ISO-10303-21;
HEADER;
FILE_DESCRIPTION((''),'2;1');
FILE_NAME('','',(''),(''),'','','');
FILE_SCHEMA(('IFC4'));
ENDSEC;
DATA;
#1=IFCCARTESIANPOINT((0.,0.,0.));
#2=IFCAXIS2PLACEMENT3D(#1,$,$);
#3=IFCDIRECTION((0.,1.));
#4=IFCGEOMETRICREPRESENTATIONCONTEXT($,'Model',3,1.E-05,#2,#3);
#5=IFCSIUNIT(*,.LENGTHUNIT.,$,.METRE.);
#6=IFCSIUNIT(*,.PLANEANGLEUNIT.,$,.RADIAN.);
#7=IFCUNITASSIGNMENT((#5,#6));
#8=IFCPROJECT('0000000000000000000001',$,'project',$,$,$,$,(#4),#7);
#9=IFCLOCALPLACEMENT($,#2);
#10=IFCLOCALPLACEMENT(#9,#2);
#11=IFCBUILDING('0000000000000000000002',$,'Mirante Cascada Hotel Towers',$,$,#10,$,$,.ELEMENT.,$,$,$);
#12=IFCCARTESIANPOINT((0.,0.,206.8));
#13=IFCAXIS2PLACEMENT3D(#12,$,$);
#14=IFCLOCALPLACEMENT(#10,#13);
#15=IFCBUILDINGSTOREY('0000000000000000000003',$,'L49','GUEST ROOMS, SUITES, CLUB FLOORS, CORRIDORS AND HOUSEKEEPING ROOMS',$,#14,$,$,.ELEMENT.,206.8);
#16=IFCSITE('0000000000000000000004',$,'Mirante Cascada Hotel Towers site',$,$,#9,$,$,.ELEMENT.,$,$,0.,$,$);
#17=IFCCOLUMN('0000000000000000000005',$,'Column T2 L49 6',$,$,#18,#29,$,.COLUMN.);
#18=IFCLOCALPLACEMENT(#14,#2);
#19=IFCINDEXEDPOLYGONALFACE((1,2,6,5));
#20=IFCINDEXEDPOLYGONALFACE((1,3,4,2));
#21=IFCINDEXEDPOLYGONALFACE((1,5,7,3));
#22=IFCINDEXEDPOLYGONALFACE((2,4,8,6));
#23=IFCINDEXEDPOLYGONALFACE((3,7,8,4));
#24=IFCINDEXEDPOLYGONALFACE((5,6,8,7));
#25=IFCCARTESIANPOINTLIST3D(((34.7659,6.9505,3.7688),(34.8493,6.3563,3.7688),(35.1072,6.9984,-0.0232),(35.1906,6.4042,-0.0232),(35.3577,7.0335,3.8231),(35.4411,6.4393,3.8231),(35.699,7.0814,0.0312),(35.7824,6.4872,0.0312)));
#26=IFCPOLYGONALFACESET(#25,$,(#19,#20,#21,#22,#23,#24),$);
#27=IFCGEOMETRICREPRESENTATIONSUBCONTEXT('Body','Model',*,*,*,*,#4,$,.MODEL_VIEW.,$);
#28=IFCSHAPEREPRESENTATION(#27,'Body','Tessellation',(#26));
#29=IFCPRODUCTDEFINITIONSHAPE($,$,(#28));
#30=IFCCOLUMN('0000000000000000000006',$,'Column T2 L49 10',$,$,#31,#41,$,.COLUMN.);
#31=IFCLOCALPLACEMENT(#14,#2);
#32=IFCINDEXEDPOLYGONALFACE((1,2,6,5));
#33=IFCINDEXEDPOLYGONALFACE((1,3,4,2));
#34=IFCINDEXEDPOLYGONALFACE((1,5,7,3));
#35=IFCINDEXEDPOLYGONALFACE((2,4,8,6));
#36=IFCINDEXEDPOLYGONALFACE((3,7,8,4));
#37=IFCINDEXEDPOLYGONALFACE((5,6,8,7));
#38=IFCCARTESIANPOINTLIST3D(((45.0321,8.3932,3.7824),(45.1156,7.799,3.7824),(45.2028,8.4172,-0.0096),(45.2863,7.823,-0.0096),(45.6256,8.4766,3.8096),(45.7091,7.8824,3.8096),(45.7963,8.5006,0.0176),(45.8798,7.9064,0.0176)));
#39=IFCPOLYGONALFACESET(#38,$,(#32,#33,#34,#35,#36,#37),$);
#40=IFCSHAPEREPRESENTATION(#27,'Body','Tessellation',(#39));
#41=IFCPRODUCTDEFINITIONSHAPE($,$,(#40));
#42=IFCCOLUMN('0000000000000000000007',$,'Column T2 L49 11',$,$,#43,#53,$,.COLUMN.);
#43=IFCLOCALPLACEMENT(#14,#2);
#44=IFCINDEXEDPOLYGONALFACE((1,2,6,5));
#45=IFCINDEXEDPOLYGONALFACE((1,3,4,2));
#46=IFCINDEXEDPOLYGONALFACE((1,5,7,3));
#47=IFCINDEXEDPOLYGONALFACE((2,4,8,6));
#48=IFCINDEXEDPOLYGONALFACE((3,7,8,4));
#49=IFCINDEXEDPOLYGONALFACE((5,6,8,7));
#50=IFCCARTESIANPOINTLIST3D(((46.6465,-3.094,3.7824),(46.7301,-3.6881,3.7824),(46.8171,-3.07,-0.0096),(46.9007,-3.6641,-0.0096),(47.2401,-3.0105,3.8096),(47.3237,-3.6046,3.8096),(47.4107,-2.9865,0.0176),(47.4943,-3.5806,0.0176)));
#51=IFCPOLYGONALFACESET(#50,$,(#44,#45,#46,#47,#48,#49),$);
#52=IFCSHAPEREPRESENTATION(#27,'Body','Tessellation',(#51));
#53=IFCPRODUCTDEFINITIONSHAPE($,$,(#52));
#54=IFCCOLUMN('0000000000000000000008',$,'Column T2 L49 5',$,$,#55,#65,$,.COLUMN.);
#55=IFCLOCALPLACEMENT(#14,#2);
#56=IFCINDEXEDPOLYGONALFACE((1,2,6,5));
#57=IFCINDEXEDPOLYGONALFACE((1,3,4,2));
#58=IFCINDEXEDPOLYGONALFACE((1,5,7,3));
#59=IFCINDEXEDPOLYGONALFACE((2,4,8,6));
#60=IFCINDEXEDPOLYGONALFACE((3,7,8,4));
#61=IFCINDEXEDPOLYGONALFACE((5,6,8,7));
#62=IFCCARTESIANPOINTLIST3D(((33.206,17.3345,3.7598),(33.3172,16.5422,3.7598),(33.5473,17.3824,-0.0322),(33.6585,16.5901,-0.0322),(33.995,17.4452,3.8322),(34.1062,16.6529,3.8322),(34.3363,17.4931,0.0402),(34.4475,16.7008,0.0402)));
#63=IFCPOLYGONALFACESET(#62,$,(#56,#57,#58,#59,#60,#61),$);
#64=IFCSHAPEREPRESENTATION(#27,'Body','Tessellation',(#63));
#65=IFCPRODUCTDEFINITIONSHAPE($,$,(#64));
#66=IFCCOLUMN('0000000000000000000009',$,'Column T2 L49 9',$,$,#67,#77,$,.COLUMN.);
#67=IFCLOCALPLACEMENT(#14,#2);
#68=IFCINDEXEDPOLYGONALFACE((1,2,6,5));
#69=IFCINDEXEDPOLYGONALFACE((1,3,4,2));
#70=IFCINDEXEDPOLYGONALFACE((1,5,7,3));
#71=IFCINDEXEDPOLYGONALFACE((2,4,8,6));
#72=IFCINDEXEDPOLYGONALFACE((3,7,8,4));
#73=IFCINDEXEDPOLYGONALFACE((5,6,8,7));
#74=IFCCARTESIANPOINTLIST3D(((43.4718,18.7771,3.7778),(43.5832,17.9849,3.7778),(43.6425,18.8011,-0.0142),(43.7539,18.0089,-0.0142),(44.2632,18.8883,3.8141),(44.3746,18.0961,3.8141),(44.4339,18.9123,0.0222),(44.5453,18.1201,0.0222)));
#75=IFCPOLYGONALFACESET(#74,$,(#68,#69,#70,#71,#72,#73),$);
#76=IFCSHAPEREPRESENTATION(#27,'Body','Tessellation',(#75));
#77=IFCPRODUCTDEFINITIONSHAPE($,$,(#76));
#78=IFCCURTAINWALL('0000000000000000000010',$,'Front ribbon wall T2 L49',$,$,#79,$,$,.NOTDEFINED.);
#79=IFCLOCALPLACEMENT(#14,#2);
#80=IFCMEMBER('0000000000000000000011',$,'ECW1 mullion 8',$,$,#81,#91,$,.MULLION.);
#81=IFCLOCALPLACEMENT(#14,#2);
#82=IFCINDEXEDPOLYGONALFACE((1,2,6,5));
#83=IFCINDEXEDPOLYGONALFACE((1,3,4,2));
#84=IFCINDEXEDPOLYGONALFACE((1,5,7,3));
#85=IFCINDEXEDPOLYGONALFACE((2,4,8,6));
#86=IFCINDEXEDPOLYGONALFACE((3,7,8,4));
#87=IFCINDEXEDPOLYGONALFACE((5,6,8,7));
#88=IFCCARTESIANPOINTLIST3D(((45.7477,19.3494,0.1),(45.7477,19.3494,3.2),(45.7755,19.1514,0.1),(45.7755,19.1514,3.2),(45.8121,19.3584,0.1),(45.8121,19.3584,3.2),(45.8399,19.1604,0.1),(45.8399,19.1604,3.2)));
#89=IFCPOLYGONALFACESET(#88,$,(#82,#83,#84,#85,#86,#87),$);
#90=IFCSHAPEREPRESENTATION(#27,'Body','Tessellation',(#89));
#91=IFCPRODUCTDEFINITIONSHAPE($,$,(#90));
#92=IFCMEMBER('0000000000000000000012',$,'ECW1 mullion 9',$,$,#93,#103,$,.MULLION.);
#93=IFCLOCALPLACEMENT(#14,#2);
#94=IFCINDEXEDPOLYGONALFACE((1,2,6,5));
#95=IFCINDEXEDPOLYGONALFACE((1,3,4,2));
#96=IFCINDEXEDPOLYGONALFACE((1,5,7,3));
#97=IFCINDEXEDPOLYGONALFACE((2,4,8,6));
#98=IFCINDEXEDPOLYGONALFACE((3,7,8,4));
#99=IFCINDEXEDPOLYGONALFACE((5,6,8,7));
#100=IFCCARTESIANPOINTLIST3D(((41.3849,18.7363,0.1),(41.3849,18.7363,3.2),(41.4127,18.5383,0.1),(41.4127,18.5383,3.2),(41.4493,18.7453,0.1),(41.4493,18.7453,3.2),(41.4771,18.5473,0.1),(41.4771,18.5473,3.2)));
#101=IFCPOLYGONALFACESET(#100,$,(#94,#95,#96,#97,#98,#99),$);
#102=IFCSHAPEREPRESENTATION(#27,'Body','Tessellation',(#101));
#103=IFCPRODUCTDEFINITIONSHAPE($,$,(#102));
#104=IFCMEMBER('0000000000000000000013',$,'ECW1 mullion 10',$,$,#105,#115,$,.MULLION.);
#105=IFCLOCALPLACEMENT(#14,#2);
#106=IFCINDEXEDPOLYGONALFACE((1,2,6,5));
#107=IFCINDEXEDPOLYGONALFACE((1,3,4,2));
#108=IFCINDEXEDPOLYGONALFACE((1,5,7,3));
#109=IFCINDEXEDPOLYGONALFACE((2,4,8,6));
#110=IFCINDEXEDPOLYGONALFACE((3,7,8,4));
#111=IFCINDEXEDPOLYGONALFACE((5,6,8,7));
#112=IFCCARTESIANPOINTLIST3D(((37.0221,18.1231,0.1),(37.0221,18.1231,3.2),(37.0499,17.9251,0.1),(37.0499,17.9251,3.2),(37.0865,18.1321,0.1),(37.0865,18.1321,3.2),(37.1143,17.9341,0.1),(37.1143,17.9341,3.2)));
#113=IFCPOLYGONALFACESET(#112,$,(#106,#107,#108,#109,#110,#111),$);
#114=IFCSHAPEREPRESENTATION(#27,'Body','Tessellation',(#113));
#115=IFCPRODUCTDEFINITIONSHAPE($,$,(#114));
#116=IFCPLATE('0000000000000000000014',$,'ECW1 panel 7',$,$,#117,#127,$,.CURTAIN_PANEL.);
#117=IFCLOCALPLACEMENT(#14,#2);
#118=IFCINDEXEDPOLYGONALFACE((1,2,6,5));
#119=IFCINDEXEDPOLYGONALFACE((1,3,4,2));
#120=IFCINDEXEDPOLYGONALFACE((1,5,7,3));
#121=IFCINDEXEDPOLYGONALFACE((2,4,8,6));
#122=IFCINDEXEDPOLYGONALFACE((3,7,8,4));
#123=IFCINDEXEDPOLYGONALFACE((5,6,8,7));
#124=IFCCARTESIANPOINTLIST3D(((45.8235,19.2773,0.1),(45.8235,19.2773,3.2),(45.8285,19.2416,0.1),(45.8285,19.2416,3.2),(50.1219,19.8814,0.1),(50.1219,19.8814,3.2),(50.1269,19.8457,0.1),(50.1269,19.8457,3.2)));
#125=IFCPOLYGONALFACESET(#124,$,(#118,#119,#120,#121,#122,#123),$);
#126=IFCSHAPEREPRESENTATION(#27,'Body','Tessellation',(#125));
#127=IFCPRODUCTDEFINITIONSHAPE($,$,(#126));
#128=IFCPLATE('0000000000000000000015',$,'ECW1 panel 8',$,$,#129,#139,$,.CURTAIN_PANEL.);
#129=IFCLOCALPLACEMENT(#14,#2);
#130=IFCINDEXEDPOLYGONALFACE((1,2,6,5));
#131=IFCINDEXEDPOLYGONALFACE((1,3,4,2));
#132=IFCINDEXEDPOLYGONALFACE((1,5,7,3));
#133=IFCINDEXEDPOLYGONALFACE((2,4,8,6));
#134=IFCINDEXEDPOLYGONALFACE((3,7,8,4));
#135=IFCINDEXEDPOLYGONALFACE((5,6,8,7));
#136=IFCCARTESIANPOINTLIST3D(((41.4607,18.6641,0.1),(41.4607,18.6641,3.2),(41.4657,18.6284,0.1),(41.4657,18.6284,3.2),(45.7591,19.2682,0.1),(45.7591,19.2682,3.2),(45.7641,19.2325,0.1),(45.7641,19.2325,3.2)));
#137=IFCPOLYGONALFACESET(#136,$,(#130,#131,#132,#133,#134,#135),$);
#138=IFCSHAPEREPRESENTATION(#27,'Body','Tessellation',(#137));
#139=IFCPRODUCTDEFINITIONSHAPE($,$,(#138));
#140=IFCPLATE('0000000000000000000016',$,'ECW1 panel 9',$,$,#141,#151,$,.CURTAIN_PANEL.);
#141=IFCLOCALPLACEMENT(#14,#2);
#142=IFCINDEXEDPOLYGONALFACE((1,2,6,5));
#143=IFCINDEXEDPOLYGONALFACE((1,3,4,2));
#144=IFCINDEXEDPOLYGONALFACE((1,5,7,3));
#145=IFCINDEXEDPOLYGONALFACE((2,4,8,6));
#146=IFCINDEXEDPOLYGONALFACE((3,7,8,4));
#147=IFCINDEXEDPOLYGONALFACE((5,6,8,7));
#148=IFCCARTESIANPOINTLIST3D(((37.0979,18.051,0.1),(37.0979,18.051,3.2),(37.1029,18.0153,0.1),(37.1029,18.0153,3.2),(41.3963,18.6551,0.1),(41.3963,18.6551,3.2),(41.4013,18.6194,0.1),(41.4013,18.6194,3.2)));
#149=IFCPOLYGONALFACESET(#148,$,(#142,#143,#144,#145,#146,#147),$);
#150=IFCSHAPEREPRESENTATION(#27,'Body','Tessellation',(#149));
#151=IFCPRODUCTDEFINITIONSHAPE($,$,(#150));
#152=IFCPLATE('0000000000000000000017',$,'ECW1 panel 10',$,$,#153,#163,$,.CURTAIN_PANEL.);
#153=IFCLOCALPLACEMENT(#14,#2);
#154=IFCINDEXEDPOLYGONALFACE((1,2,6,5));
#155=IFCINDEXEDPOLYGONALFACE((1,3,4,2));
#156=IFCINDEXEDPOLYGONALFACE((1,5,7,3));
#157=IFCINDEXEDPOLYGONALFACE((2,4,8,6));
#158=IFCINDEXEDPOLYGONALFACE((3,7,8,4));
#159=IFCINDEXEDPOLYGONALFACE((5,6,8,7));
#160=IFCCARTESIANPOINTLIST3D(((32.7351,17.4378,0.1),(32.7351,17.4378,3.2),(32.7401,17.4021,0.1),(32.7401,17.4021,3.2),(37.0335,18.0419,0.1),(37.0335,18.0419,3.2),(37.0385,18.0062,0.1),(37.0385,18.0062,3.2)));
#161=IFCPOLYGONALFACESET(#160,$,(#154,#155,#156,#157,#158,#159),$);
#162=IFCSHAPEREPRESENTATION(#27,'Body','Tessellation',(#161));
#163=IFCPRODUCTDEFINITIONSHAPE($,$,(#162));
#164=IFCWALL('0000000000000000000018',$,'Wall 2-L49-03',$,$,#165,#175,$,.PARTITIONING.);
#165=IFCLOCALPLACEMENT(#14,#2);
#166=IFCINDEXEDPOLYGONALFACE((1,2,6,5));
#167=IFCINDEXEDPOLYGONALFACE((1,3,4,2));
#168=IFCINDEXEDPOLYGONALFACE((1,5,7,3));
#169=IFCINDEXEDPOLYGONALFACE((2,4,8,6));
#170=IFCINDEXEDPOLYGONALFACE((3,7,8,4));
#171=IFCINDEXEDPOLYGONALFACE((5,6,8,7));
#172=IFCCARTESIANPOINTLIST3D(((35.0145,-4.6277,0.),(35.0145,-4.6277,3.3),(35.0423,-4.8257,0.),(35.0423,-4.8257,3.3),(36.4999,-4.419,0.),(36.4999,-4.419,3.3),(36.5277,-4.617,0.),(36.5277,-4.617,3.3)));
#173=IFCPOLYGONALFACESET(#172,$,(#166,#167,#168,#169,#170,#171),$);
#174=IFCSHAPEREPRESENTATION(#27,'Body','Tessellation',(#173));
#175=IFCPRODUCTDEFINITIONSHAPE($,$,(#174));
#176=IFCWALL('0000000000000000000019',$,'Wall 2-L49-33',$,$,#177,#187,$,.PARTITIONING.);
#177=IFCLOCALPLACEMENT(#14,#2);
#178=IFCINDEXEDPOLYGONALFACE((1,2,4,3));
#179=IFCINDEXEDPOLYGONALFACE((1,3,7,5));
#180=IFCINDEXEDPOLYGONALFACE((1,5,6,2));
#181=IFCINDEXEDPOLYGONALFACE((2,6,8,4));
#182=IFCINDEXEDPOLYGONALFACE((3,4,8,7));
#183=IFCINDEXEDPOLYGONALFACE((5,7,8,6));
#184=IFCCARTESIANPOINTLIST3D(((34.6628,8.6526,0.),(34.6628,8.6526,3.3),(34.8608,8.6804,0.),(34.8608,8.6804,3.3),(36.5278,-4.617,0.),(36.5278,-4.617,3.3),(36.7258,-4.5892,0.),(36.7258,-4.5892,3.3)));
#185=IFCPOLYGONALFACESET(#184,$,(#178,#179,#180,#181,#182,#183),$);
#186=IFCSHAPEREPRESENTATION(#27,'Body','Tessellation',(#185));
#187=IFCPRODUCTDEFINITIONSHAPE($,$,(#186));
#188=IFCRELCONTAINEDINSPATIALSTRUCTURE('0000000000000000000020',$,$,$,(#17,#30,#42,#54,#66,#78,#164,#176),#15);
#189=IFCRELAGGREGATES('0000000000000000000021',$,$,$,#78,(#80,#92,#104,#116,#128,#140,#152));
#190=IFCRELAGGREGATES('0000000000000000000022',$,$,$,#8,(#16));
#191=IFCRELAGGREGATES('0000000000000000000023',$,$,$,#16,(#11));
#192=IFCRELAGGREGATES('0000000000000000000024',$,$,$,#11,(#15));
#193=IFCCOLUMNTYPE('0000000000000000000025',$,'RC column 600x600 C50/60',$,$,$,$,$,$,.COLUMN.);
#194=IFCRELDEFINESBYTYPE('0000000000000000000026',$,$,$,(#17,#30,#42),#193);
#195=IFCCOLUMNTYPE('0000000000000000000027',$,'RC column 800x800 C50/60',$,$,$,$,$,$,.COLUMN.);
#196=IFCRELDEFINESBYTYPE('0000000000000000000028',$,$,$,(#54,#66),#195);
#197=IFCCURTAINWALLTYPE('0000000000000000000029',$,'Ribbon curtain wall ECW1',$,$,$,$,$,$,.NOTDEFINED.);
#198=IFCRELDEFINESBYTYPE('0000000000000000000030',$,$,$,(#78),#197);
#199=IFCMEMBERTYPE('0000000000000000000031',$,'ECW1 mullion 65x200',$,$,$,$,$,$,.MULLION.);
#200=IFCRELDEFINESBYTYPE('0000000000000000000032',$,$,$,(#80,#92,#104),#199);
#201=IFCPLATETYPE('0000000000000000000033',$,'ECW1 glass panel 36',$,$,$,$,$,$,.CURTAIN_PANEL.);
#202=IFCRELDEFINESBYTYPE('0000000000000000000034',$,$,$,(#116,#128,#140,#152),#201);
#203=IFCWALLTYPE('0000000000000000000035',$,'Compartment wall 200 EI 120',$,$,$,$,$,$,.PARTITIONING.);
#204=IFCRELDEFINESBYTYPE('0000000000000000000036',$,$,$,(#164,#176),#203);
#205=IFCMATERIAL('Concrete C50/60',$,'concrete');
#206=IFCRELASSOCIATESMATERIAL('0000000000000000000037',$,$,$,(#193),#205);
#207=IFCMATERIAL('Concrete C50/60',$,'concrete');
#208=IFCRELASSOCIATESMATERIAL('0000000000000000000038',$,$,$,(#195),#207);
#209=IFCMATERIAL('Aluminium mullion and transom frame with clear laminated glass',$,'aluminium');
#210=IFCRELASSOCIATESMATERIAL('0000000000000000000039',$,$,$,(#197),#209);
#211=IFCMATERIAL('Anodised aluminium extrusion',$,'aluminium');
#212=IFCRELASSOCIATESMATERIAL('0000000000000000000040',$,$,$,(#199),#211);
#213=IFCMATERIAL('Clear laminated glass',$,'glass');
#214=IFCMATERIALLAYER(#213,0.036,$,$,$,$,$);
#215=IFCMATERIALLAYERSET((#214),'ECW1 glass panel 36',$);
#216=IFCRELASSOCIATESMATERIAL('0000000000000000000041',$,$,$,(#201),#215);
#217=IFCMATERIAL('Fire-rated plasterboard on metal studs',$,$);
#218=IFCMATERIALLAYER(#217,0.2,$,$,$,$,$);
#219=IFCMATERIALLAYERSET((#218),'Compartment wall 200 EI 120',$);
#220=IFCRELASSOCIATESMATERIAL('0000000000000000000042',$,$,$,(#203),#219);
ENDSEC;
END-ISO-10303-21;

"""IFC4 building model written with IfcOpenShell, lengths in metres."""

from ifc_helpers import new_model, si_unit, direction, frame, frame_2d, origin, origin_2d, place, context, subcontext, project, spatial, rectangle, extrude, material, layer, layer_set, material_profile, profile_set, type_object, element, aggregate, save


model = new_model("IFC4")

# Units and contexts
model_context = context("Model", 3, precision=1e-05, world=origin(), true_north=direction((0.0, 1.0)))
body_context = subcontext(model_context, "Body", "Model", "MODEL_VIEW")
ifc_project = project(units=[si_unit("LENGTHUNIT", "METRE"), si_unit("PLANEANGLEUNIT", "RADIAN")], contexts=[model_context])

# Site, building, storey
site_placement = place(None, origin())
site = spatial("IfcSite", under=ifc_project, at=site_placement, Name="Mirante Cascada Hotel Towers site", CompositionType="ELEMENT", RefElevation=0.0)
building_placement = place(site_placement, origin())
building = spatial("IfcBuilding", under=site, at=building_placement, Name="Mirante Cascada Hotel Towers", CompositionType="ELEMENT")
storey_placement = place(building_placement, frame((0.0, 0.0, 206.8)))
storey = spatial("IfcBuildingStorey", under=building, at=storey_placement, Name="L49", Description="GUEST ROOMS, SUITES, CLUB FLOORS, CORRIDORS AND HOUSEKEEPING ROOMS", CompositionType="ELEMENT", Elevation=206.8)

# Columns
ifc_material_1 = material(Name="Concrete C50/60", Category="concrete")
ifc_material_profile_1 = material_profile(ifc_material_1, rectangle(XDim=0.6, YDim=0.6, at=origin_2d()), Name="RC column 600x600 C50/60")
ifc_profile_set_1 = profile_set([ifc_material_profile_1], Name="Concrete C50/60")
column_type_1 = type_object("IfcColumnType", Name="RC column 600x600 C50/60", PredefinedType="COLUMN", material=ifc_profile_set_1)
column_1_placement = place(storey_placement, frame((35.4448, 6.7428, 0.004), z_axis=(-0.089636, -0.01258, 0.995895), x_axis=(0.138984, -0.990295, 0.0)))
element("IfcColumn", 1, at=column_1_placement, inside=storey, type_object=column_type_1, Name="Column T2 L49 6", PredefinedType="COLUMN", context=body_context, shape_type="SweptSolid", body=[
    extrude(rectangle(XDim=0.6, YDim=0.6, at=origin_2d()), origin(), (0.0, 0.0, 1.0), 3.8076),
])
for number, where, z_axis, x_axis, name in (
    (2, (45.5413, 8.1618, 0.004), (-0.044969, -0.006323, 0.998968), (0.139228, -0.99026, 0.0), "Column T2 L49 10"),
    (3, (47.1557, -3.3253, 0.004), (-0.044943, -0.006323, 0.998969), (0.139308, -0.990249, 0.0), "Column T2 L49 11"),
):
    element("IfcColumn", number, at=place(storey_placement, frame(where, z_axis=z_axis, x_axis=x_axis)), inside=storey, type_object=column_type_1, Name=name, PredefinedType="COLUMN", context=body_context, shape_type="SweptSolid", body=[
        extrude(rectangle(XDim=0.6, YDim=0.6, at=origin_2d()), origin(), (0.0, 0.0, 1.0), 3.7959),
    ])
ifc_material_2 = material(Name="Concrete C50/60", Category="concrete")
ifc_material_profile_2 = material_profile(ifc_material_2, rectangle(XDim=0.8, YDim=0.8, at=origin_2d()), Name="RC column 800x800 C50/60")
ifc_profile_set_2 = profile_set([ifc_material_profile_2], Name="Concrete C50/60")
column_type_2 = type_object("IfcColumnType", Name="RC column 800x800 C50/60", PredefinedType="COLUMN", material=ifc_profile_set_2)
column_2_placement = place(storey_placement, frame((33.9974, 17.0416, 0.004), z_axis=(-0.089636, -0.01258, 0.995895), x_axis=(0.138984, -0.990295, 0.0)))
element("IfcColumn", 4, at=column_2_placement, inside=storey, type_object=column_type_2, Name="Column T2 L49 5", PredefinedType="COLUMN", context=body_context, shape_type="SweptSolid", body=[
    extrude(rectangle(XDim=0.8, YDim=0.8, at=origin_2d()), origin(), (0.0, 0.0, 1.0), 3.8076),
])
column_3_placement = place(storey_placement, frame((44.0939, 18.4606, 0.004), z_axis=(-0.044969, -0.006323, 0.998968), x_axis=(0.139228, -0.99026, 0.0)))
element("IfcColumn", 5, at=column_3_placement, inside=storey, type_object=column_type_2, Name="Column T2 L49 9", PredefinedType="COLUMN", context=body_context, shape_type="SweptSolid", body=[
    extrude(rectangle(XDim=0.8, YDim=0.8, at=origin_2d()), origin(), (0.0, 0.0, 1.0), 3.7959),
])

# Curtain wall, members, plates
ifc_material_3 = material(Name="Aluminium mullion and transom frame with clear laminated glass", Category="aluminium")
curtain_wall_type = type_object("IfcCurtainWallType", Name="Ribbon curtain wall ECW1", PredefinedType="NOTDEFINED", material=ifc_material_3)
curtain_wall_placement = place(storey_placement, origin())
curtain_wall = element("IfcCurtainWall", 6, at=curtain_wall_placement, inside=storey, type_object=curtain_wall_type, Name="Front ribbon wall T2 L49", PredefinedType="NOTDEFINED")
ifc_material_4 = material(Name="Anodised aluminium extrusion", Category="aluminium")
ifc_material_profile_3 = material_profile(ifc_material_4, rectangle(XDim=0.2, YDim=0.065, at=origin_2d()), Name="ECW1 MULLION 65x200")
ifc_profile_set_3 = profile_set([ifc_material_profile_3], Name="Anodised aluminium extrusion")
member_type = type_object("IfcMemberType", Name="ECW1 mullion 65x200", PredefinedType="MULLION", material=ifc_profile_set_3)
member_1_placement = place(storey_placement, frame((45.7938, 19.2549, 0.1), z_axis=(0.0, 0.0, 1.0), x_axis=(0.139173, -0.990268, 0.0)))
member_1 = element("IfcMember", 7, at=member_1_placement, type_object=member_type, Name="ECW1 mullion 8", PredefinedType="MULLION", context=body_context, shape_type="SweptSolid", body=[
    extrude(rectangle(XDim=0.2, YDim=0.065, at=origin_2d()), origin(), (0.0, 0.0, 1.0), 3.1),
])
member_2_placement = place(storey_placement, frame((41.431, 18.6418, 0.1), z_axis=(0.0, 0.0, 1.0), x_axis=(0.139173, -0.990268, 0.0)))
member_2 = element("IfcMember", 8, at=member_2_placement, type_object=member_type, Name="ECW1 mullion 9", PredefinedType="MULLION", context=body_context, shape_type="SweptSolid", body=[
    extrude(rectangle(XDim=0.2, YDim=0.065, at=origin_2d()), origin(), (0.0, 0.0, 1.0), 3.1),
])
member_3_placement = place(storey_placement, frame((37.0682, 18.0286, 0.1), z_axis=(0.0, 0.0, 1.0), x_axis=(0.139173, -0.990268, 0.0)))
member_3 = element("IfcMember", 9, at=member_3_placement, type_object=member_type, Name="ECW1 mullion 10", PredefinedType="MULLION", context=body_context, shape_type="SweptSolid", body=[
    extrude(rectangle(XDim=0.2, YDim=0.065, at=origin_2d()), origin(), (0.0, 0.0, 1.0), 3.1),
])
ifc_material_5 = material(Name="Clear laminated glass", Category="glass")
ifc_layer_1 = layer(ifc_material_5, 0.036)
ifc_layer_set_1 = layer_set([ifc_layer_1], Name="ECW1 glass panel 36")
plate_type = type_object("IfcPlateType", Name="ECW1 glass panel 36", PredefinedType="CURTAIN_PANEL", material=ifc_layer_set_1)
plate_1_placement = place(storey_placement, frame((47.9752, 19.5615, 0.1), z_axis=(0.0, 0.0, 1.0), x_axis=(-0.990268, -0.139173, 0.0)))
plate_1 = element("IfcPlate", 10, at=plate_1_placement, type_object=plate_type, Name="ECW1 panel 7", PredefinedType="CURTAIN_PANEL", context=body_context, shape_type="SweptSolid", body=[
    extrude(rectangle(XDim=4.3407, YDim=0.036, at=origin_2d()), origin(), (0.0, 0.0, 1.0), 3.1),
])
plate_2_placement = place(storey_placement, frame((43.6124, 18.9483, 0.1), z_axis=(0.0, 0.0, 1.0), x_axis=(-0.990268, -0.139173, 0.0)))
plate_2 = element("IfcPlate", 11, at=plate_2_placement, type_object=plate_type, Name="ECW1 panel 8", PredefinedType="CURTAIN_PANEL", context=body_context, shape_type="SweptSolid", body=[
    extrude(rectangle(XDim=4.3407, YDim=0.036, at=origin_2d()), origin(), (0.0, 0.0, 1.0), 3.1),
])
plate_3_placement = place(storey_placement, frame((39.2496, 18.3352, 0.1), z_axis=(0.0, 0.0, 1.0), x_axis=(-0.990268, -0.139173, 0.0)))
plate_3 = element("IfcPlate", 12, at=plate_3_placement, type_object=plate_type, Name="ECW1 panel 9", PredefinedType="CURTAIN_PANEL", context=body_context, shape_type="SweptSolid", body=[
    extrude(rectangle(XDim=4.3407, YDim=0.036, at=origin_2d()), origin(), (0.0, 0.0, 1.0), 3.1),
])
plate_4_placement = place(storey_placement, frame((34.8868, 17.722, 0.1), z_axis=(0.0, 0.0, 1.0), x_axis=(-0.990268, -0.139173, 0.0)))
plate_4 = element("IfcPlate", 13, at=plate_4_placement, type_object=plate_type, Name="ECW1 panel 10", PredefinedType="CURTAIN_PANEL", context=body_context, shape_type="SweptSolid", body=[
    extrude(rectangle(XDim=4.3407, YDim=0.036, at=origin_2d()), origin(), (0.0, 0.0, 1.0), 3.1),
])
aggregate(curtain_wall, [member_1, member_2, member_3, plate_1, plate_2, plate_3, plate_4])

# Walls
ifc_material_6 = material(Name="Fire-rated plasterboard on metal studs")
ifc_layer_2 = layer(ifc_material_6, 0.2)
ifc_layer_set_2 = layer_set([ifc_layer_2], Name="Compartment wall 200 EI 120")
wall_type_1 = type_object("IfcWallType", Name="Compartment wall 200 EI 120", PredefinedType="PARTITIONING", material=ifc_layer_set_2)
wall_1_placement = place(storey_placement, frame((36.5138, -4.518, 0.0), z_axis=(0.0, 0.0, 1.0), x_axis=(-0.990274, -0.139134, 0.0)))
element("IfcWall", 14, at=wall_1_placement, inside=storey, type_object=wall_type_1, Name="Wall 2-L49-03", PredefinedType="PARTITIONING", context=body_context, shape_type="SweptSolid", body=[
    extrude(rectangle(XDim=1.5, YDim=0.2, at=frame_2d((0.75, 0.0))), origin(), (0.0, 0.0, 1.0), 3.3),
])
wall_2_placement = place(storey_placement, frame((34.7618, 8.6665, 0.0), z_axis=(0.0, 0.0, 1.0), x_axis=(0.139179, -0.990267, 0.0)))
element("IfcWall", 15, at=wall_2_placement, inside=storey, type_object=wall_type_1, Name="Wall 2-L49-33", PredefinedType="PARTITIONING", context=body_context, shape_type="SweptSolid", body=[
    extrude(rectangle(XDim=13.4, YDim=0.2, at=frame_2d((6.7, 0.0))), origin(), (0.0, 0.0, 1.0), 3.3),
])

save(model, "model.ifc")
